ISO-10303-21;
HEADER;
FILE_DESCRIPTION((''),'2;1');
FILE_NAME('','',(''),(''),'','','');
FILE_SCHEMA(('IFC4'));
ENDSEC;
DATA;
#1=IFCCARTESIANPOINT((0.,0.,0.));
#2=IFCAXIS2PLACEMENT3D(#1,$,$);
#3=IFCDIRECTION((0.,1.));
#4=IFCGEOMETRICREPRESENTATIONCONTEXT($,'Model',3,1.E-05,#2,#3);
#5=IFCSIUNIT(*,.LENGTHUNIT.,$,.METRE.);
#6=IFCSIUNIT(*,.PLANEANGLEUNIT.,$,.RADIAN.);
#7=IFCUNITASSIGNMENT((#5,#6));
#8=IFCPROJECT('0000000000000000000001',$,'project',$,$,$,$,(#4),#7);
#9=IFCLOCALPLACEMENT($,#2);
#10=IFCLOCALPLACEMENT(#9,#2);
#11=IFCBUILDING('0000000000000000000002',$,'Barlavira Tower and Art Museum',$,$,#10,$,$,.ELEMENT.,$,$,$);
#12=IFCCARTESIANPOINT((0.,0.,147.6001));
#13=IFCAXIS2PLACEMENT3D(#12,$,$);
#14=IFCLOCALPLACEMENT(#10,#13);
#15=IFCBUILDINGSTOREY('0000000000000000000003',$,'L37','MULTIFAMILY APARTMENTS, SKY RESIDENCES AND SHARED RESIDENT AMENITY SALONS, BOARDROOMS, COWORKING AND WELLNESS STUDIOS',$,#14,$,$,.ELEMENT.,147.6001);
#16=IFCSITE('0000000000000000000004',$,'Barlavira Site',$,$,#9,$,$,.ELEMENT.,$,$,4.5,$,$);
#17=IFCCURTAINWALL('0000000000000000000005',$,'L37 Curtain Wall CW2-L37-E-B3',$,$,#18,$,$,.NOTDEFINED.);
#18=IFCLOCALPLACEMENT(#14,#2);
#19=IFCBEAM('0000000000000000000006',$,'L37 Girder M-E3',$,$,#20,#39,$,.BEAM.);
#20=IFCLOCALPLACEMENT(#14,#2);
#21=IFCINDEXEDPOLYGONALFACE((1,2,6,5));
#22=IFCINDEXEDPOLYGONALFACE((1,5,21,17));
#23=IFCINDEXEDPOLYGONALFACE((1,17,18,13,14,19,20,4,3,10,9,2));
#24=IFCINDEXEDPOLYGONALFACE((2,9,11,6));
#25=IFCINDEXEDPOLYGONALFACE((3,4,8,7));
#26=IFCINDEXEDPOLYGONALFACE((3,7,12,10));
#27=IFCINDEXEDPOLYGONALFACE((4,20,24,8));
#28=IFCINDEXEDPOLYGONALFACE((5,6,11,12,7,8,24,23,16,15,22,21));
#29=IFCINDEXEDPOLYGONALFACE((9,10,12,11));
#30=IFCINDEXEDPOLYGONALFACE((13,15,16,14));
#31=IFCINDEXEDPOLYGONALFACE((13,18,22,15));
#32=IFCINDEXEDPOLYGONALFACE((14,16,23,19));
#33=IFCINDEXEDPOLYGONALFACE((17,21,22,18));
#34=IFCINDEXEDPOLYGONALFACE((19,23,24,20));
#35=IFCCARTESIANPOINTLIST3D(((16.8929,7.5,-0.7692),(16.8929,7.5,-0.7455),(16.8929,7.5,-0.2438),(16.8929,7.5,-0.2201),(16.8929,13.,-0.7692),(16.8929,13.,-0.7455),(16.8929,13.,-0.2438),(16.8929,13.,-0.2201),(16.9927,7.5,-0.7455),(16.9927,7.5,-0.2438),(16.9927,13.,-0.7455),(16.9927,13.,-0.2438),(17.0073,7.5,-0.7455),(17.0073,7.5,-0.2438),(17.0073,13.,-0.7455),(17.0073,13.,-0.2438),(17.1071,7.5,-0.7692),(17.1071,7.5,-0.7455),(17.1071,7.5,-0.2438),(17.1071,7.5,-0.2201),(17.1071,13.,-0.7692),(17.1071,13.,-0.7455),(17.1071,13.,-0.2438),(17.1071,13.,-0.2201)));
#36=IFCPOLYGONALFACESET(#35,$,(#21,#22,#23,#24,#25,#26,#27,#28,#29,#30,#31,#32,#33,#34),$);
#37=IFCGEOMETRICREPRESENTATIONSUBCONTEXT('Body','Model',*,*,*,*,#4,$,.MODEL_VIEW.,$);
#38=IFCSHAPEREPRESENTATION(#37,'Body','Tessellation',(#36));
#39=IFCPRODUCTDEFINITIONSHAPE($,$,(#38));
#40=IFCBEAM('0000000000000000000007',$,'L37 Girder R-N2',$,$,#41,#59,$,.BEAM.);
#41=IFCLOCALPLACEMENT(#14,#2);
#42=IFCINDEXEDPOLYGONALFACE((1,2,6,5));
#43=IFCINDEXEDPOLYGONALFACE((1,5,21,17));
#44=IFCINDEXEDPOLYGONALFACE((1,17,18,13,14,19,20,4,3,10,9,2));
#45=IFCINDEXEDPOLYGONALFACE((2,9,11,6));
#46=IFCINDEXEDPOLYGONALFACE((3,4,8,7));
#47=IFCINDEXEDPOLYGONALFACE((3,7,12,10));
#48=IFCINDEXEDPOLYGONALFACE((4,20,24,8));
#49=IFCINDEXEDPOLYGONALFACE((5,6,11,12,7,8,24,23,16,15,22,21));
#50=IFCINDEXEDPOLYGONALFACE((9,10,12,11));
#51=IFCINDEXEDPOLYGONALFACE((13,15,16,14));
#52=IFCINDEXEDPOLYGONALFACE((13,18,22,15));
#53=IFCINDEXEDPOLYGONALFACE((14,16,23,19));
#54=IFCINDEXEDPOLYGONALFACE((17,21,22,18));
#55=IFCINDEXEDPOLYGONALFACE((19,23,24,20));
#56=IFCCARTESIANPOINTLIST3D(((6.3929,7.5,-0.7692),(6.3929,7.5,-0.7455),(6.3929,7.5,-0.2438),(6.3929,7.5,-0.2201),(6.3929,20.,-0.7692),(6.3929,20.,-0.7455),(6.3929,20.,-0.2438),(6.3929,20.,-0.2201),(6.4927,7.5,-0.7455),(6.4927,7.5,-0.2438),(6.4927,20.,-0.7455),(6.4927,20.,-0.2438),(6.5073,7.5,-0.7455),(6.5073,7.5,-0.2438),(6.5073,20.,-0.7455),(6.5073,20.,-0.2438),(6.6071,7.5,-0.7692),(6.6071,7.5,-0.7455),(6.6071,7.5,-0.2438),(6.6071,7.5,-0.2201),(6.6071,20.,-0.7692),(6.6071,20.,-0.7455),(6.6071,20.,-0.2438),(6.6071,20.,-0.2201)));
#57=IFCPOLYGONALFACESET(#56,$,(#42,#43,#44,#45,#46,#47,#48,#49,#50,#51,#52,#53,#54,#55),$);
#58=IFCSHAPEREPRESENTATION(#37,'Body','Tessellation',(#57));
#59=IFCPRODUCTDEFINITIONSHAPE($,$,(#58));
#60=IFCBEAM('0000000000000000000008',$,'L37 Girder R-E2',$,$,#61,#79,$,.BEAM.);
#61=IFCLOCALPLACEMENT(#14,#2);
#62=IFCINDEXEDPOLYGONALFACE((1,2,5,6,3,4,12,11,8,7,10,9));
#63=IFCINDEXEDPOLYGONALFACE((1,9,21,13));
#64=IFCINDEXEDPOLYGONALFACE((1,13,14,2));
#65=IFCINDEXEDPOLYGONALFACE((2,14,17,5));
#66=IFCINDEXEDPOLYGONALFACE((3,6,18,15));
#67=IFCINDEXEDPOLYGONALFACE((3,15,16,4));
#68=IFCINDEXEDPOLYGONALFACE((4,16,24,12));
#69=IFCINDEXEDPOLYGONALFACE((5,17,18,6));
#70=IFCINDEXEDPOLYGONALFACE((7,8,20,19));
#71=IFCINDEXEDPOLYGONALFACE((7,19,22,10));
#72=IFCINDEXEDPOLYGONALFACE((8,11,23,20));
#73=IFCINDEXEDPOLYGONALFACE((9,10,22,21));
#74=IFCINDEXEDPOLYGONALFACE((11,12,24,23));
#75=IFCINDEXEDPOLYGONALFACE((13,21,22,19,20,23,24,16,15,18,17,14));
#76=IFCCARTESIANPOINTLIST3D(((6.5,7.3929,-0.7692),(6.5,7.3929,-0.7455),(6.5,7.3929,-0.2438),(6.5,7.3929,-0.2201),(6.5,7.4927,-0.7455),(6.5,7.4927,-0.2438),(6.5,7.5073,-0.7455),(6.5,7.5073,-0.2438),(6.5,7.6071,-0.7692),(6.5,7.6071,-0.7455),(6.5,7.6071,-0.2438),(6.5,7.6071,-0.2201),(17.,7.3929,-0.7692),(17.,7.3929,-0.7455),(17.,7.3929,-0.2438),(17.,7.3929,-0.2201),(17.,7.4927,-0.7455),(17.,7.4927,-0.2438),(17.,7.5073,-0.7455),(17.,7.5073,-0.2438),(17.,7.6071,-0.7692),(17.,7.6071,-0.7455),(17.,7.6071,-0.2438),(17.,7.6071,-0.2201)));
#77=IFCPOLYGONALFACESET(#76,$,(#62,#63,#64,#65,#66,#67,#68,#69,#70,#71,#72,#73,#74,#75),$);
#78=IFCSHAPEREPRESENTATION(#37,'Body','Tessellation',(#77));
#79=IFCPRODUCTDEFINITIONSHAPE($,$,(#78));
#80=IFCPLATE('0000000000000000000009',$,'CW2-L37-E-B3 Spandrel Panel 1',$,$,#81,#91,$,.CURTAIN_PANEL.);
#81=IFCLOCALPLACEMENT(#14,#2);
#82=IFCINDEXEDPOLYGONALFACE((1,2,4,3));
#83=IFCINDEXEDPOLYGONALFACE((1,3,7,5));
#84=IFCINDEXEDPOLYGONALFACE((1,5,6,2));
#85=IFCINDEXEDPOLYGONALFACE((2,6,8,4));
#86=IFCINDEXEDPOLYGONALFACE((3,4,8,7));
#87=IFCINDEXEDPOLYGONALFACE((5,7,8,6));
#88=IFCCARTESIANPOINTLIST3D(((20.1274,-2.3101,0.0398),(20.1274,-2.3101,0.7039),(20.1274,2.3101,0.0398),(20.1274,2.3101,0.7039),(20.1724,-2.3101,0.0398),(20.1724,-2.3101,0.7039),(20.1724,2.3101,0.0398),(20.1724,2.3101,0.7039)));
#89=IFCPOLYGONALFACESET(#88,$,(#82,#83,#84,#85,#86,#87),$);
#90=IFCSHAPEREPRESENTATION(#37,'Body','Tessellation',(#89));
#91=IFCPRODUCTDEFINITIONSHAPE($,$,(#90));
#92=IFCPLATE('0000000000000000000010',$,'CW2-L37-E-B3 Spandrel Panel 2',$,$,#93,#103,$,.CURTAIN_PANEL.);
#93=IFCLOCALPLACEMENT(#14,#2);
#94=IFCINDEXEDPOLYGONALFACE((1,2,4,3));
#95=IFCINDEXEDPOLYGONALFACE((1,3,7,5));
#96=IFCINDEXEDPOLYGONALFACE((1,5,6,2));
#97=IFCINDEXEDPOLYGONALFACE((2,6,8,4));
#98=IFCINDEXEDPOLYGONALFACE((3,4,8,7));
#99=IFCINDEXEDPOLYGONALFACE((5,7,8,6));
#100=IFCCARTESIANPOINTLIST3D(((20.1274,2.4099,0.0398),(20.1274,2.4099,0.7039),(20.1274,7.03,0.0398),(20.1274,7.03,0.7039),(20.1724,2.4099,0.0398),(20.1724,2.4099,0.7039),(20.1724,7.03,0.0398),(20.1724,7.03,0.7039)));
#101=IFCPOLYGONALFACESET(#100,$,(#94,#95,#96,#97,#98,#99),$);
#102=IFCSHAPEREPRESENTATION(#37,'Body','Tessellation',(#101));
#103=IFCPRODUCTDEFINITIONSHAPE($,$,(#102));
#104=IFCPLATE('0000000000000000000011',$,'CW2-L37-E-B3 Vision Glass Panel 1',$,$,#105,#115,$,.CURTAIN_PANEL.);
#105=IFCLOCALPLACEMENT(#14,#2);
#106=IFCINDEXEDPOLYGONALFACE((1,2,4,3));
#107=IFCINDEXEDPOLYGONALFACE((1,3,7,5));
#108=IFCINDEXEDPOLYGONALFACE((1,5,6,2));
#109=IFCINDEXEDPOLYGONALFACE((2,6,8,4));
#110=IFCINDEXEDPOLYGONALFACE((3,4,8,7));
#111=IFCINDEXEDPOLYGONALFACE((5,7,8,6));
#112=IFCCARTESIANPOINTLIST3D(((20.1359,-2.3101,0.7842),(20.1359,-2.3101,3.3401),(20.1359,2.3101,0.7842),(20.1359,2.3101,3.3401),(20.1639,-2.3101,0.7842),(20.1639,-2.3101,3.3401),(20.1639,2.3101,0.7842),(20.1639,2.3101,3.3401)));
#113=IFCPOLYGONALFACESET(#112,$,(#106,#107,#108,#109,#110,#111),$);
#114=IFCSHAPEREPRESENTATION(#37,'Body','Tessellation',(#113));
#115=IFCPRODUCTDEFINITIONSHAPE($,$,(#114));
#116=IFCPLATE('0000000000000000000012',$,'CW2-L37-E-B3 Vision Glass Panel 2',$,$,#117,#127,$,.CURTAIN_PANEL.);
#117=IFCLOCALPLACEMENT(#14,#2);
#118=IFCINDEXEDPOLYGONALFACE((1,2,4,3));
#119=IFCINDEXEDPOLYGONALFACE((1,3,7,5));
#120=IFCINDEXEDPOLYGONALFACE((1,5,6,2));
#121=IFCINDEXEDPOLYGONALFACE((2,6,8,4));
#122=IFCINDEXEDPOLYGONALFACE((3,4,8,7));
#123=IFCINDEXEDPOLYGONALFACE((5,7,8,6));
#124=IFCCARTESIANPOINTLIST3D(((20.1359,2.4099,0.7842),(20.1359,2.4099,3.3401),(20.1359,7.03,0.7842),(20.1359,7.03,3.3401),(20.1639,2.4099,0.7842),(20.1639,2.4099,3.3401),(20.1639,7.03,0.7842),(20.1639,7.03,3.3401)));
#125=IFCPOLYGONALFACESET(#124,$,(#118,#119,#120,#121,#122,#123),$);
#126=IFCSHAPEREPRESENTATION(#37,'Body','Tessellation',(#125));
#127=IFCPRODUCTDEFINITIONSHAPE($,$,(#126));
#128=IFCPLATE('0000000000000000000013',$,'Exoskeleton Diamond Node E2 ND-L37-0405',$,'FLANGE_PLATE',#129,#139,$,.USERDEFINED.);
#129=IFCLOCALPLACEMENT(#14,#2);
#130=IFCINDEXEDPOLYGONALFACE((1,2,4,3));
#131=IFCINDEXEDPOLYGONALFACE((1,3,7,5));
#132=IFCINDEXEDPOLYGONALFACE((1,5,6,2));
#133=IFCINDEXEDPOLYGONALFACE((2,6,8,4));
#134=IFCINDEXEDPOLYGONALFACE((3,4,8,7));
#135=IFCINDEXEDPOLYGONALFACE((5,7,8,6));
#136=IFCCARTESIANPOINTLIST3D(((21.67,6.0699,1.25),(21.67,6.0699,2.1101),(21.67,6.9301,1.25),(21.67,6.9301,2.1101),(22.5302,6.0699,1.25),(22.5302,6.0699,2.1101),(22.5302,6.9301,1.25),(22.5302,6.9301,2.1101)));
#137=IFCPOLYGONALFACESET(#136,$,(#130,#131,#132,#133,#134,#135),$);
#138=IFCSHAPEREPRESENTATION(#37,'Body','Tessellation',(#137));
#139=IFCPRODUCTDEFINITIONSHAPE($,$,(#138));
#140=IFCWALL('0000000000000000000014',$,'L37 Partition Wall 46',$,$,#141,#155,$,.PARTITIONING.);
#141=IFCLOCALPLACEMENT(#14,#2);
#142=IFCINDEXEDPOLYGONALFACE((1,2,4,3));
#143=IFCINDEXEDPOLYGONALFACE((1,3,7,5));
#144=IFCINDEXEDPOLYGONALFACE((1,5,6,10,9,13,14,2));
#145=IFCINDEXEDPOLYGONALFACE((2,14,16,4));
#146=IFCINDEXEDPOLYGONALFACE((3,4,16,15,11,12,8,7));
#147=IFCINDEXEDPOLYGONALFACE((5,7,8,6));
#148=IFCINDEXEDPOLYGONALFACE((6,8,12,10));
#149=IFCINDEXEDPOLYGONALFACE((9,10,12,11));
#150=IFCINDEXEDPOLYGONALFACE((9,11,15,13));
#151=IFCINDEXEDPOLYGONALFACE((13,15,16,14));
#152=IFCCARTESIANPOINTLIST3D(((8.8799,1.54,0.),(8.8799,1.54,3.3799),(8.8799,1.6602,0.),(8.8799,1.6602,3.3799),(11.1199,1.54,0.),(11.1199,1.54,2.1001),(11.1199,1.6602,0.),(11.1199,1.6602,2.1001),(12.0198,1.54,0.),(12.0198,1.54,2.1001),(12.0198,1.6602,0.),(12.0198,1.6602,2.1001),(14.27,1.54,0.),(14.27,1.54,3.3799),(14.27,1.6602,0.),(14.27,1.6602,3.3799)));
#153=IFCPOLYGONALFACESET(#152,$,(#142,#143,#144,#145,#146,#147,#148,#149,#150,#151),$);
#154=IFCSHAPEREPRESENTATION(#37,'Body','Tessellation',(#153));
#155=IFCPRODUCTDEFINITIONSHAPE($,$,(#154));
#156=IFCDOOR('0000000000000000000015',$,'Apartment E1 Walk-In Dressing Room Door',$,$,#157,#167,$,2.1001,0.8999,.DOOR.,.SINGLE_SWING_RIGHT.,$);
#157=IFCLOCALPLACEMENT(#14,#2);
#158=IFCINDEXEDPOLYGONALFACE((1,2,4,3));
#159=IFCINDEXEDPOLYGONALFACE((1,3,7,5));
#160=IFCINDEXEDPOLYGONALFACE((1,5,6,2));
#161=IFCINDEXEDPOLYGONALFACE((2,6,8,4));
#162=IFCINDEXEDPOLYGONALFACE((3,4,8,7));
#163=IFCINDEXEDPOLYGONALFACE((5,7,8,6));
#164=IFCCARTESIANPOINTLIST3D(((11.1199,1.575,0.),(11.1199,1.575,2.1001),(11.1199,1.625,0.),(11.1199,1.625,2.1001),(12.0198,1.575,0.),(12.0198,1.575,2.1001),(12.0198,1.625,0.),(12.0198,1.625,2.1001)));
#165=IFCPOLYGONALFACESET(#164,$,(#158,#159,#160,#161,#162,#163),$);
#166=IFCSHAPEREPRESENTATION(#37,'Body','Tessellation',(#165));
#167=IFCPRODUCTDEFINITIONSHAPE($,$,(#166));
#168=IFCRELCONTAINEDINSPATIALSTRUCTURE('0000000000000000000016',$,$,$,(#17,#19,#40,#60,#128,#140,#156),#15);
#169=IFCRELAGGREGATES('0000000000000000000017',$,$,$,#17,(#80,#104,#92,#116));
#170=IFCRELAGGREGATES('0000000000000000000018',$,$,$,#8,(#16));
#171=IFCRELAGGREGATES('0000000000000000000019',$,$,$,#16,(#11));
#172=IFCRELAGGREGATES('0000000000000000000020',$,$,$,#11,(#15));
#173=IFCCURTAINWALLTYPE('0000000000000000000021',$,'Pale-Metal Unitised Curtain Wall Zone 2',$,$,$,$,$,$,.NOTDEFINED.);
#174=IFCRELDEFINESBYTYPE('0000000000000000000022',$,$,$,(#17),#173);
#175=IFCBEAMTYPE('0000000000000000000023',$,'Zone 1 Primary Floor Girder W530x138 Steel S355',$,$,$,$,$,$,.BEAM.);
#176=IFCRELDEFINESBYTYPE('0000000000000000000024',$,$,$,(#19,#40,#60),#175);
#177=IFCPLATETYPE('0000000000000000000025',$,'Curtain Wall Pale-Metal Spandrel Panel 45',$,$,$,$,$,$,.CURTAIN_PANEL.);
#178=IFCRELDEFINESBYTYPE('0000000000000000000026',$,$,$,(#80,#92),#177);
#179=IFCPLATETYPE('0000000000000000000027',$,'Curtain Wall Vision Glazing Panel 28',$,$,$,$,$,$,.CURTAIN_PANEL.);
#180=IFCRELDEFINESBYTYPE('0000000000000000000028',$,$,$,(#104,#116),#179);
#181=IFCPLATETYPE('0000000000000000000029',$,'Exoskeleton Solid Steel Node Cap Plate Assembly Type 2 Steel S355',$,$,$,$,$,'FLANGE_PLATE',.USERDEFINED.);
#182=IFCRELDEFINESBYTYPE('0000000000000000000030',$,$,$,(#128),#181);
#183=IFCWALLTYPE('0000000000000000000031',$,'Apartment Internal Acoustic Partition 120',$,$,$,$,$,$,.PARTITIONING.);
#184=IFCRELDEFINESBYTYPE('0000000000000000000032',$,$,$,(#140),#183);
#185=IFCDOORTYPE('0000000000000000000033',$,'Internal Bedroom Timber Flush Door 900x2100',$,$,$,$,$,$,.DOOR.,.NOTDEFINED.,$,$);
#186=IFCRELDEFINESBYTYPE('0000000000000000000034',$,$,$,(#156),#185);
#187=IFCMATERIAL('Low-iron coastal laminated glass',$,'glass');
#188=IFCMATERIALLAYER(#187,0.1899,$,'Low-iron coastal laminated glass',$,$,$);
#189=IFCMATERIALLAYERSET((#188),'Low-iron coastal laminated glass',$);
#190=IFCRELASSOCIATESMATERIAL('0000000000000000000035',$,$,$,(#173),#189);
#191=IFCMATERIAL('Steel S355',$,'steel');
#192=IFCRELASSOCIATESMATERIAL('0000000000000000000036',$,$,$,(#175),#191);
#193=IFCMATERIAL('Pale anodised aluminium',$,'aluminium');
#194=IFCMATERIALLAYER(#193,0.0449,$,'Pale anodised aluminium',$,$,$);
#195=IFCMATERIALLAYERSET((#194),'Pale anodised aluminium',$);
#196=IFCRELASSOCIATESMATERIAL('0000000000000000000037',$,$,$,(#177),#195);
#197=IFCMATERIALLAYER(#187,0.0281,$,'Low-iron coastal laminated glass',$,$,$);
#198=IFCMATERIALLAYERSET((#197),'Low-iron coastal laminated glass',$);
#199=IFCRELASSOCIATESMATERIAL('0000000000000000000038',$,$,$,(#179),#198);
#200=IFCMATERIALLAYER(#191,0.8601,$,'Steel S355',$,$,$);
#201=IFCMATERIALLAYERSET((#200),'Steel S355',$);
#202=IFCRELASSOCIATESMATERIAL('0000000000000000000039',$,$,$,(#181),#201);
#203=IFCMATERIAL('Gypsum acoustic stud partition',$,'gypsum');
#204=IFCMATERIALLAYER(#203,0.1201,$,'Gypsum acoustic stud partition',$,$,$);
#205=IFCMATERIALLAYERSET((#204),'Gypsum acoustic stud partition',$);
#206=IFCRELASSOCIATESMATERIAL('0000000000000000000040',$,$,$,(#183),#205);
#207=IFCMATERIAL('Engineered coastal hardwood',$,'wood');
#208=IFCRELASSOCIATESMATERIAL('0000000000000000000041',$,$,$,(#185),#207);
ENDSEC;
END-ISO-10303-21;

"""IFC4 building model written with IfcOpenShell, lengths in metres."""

from ifc_helpers import new_model, si_unit, direction, frame, frame_2d, origin, origin_2d, place, context, subcontext, project, spatial, rectangle, i_section, extrude, material, layer, layer_set, material_profile, profile_set, type_object, element, fill, aggregate, save


model = new_model("IFC4")

# Units and contexts
model_context = context("Model", 3, precision=1e-05, world=origin(), true_north=direction((0.0, 1.0)))
body_context = subcontext(model_context, "Body", "Model", "MODEL_VIEW")
ifc_project = project(units=[si_unit("LENGTHUNIT", "METRE"), si_unit("PLANEANGLEUNIT", "RADIAN")], contexts=[model_context])

# Site, building, storey
site_placement = place(None, origin())
site = spatial("IfcSite", under=ifc_project, at=site_placement, Name="Barlavira Site", CompositionType="ELEMENT", RefElevation=4.5)
building_placement = place(site_placement, origin())
building = spatial("IfcBuilding", under=site, at=building_placement, Name="Barlavira Tower and Art Museum", CompositionType="ELEMENT")
storey_placement = place(building_placement, frame((0.0, 0.0, 147.6001)))
storey = spatial("IfcBuildingStorey", under=building, at=storey_placement, Name="L37", Description="MULTIFAMILY APARTMENTS, SKY RESIDENCES AND SHARED RESIDENT AMENITY SALONS, BOARDROOMS, COWORKING AND WELLNESS STUDIOS", CompositionType="ELEMENT", Elevation=147.6001)

# Shared definitions
ifc_material_1 = material(Name="Steel S355", Category="steel")

# Curtain wall
ifc_material_2 = material(Name="Low-iron coastal laminated glass", Category="glass")
ifc_layer_1 = layer(ifc_material_2, 0.1899, Name="Low-iron coastal laminated glass")
ifc_layer_set_1 = layer_set([ifc_layer_1], Name="Low-iron coastal laminated glass")
curtain_wall_type = type_object("IfcCurtainWallType", Name="Pale-Metal Unitised Curtain Wall Zone 2", PredefinedType="NOTDEFINED", material=ifc_layer_set_1)
curtain_wall_placement = place(storey_placement, origin())
curtain_wall = element("IfcCurtainWall", 1, at=curtain_wall_placement, inside=storey, type_object=curtain_wall_type, Name="L37 Curtain Wall CW2-L37-E-B3", PredefinedType="NOTDEFINED")
ifc_material_3 = material(Name="Pale anodised aluminium", Category="aluminium")

# Beams
ifc_material_profile_1 = material_profile(ifc_material_1, i_section(OverallWidth=0.2141, OverallDepth=0.5491, WebThickness=0.0146, FlangeThickness=0.0237, at=origin_2d()), Name="W530x138.0")
ifc_profile_set_1 = profile_set([ifc_material_profile_1], Name="Steel S355")
beam_type_1 = type_object("IfcBeamType", Name="Zone 1 Primary Floor Girder W530x138 Steel S355", PredefinedType="BEAM", material=ifc_profile_set_1)
beam_1_placement = place(storey_placement, frame((17.0, 7.5, -0.4946), z_axis=(0.0, 1.0, 0.0), x_axis=(-1.0, 0.0, 0.0)))
element("IfcBeam", 2, at=beam_1_placement, inside=storey, type_object=beam_type_1, Name="L37 Girder M-E3", PredefinedType="BEAM", context=body_context, shape_type="SweptSolid", body=[
    extrude(i_section(OverallWidth=0.2141, OverallDepth=0.5491, WebThickness=0.0146, FlangeThickness=0.0237, at=origin_2d()), origin(), (0.0, 0.0, 1.0), 5.5),
])
beam_2_placement = place(storey_placement, frame((6.5, 7.5, -0.4946), z_axis=(0.0, 1.0, 0.0), x_axis=(-1.0, 0.0, 0.0)))
element("IfcBeam", 3, at=beam_2_placement, inside=storey, type_object=beam_type_1, Name="L37 Girder R-N2", PredefinedType="BEAM", context=body_context, shape_type="SweptSolid", body=[
    extrude(i_section(OverallWidth=0.2141, OverallDepth=0.5491, WebThickness=0.0146, FlangeThickness=0.0237, at=origin_2d()), origin(), (0.0, 0.0, 1.0), 12.5),
])
beam_3_placement = place(storey_placement, frame((6.5, 7.5, -0.4946), z_axis=(1.0, 0.0, 0.0), x_axis=(0.0, 1.0, 0.0)))
element("IfcBeam", 4, at=beam_3_placement, inside=storey, type_object=beam_type_1, Name="L37 Girder R-E2", PredefinedType="BEAM", context=body_context, shape_type="SweptSolid", body=[
    extrude(i_section(OverallWidth=0.2141, OverallDepth=0.5491, WebThickness=0.0146, FlangeThickness=0.0237, at=origin_2d()), origin(), (0.0, 0.0, 1.0), 10.5),
])

# Plates
ifc_layer_2 = layer(ifc_material_3, 0.0449, Name="Pale anodised aluminium")
ifc_layer_set_2 = layer_set([ifc_layer_2], Name="Pale anodised aluminium")
plate_type_1 = type_object("IfcPlateType", Name="Curtain Wall Pale-Metal Spandrel Panel 45", PredefinedType="CURTAIN_PANEL", material=ifc_layer_set_2)
plate_1_placement = place(storey_placement, frame((20.1499, 0.0, 0.0398), z_axis=(0.0, 0.0, 1.0), x_axis=(0.0, 1.0, 0.0)))
plate_1 = element("IfcPlate", 5, at=plate_1_placement, type_object=plate_type_1, Name="CW2-L37-E-B3 Spandrel Panel 1", PredefinedType="CURTAIN_PANEL", context=body_context, shape_type="SweptSolid", body=[
    extrude(rectangle(XDim=4.6201, YDim=0.0449, at=origin_2d()), origin(), (0.0, 0.0, 1.0), 0.6641),
])
plate_2_placement = place(storey_placement, frame((20.1499, 4.72, 0.0398), z_axis=(0.0, 0.0, 1.0), x_axis=(0.0, 1.0, 0.0)))
plate_2 = element("IfcPlate", 6, at=plate_2_placement, type_object=plate_type_1, Name="CW2-L37-E-B3 Spandrel Panel 2", PredefinedType="CURTAIN_PANEL", context=body_context, shape_type="SweptSolid", body=[
    extrude(rectangle(XDim=4.6201, YDim=0.0449, at=origin_2d()), origin(), (0.0, 0.0, 1.0), 0.6641),
])
ifc_layer_3 = layer(ifc_material_2, 0.0281, Name="Low-iron coastal laminated glass")
ifc_layer_set_3 = layer_set([ifc_layer_3], Name="Low-iron coastal laminated glass")
plate_type_2 = type_object("IfcPlateType", Name="Curtain Wall Vision Glazing Panel 28", PredefinedType="CURTAIN_PANEL", material=ifc_layer_set_3)
plate_3_placement = place(storey_placement, frame((20.1499, 0.0, 0.7842), z_axis=(0.0, 0.0, 1.0), x_axis=(0.0, 1.0, 0.0)))
plate_3 = element("IfcPlate", 7, at=plate_3_placement, type_object=plate_type_2, Name="CW2-L37-E-B3 Vision Glass Panel 1", PredefinedType="CURTAIN_PANEL", context=body_context, shape_type="SweptSolid", body=[
    extrude(rectangle(XDim=4.6201, YDim=0.0281, at=origin_2d()), origin(), (0.0, 0.0, 1.0), 2.5559),
])
plate_4_placement = place(storey_placement, frame((20.1499, 4.72, 0.7842), z_axis=(0.0, 0.0, 1.0), x_axis=(0.0, 1.0, 0.0)))
plate_4 = element("IfcPlate", 8, at=plate_4_placement, type_object=plate_type_2, Name="CW2-L37-E-B3 Vision Glass Panel 2", PredefinedType="CURTAIN_PANEL", context=body_context, shape_type="SweptSolid", body=[
    extrude(rectangle(XDim=4.6201, YDim=0.0281, at=origin_2d()), origin(), (0.0, 0.0, 1.0), 2.5559),
])
aggregate(curtain_wall, [plate_1, plate_3, plate_2, plate_4])
ifc_layer_4 = layer(ifc_material_1, 0.8601, Name="Steel S355")
ifc_layer_set_4 = layer_set([ifc_layer_4], Name="Steel S355")
plate_type_3 = type_object("IfcPlateType", Name="Exoskeleton Solid Steel Node Cap Plate Assembly Type 2 Steel S355", ElementType="FLANGE_PLATE", PredefinedType="USERDEFINED", material=ifc_layer_set_4)
plate_5_placement = place(storey_placement, frame((22.1001, 6.5, 1.25), z_axis=(0.0, 0.0, 1.0), x_axis=(1.0, 0.0, 0.0)))
element("IfcPlate", 9, at=plate_5_placement, inside=storey, type_object=plate_type_3, Name="Exoskeleton Diamond Node E2 ND-L37-0405", ObjectType="FLANGE_PLATE", PredefinedType="USERDEFINED", context=body_context, shape_type="SweptSolid", body=[
    extrude(rectangle(XDim=0.8601, YDim=0.8601, at=origin_2d()), origin(), (0.0, 0.0, 1.0), 0.8601),
])

# Wall, opening, door
ifc_material_4 = material(Name="Gypsum acoustic stud partition", Category="gypsum")
ifc_layer_5 = layer(ifc_material_4, 0.1201, Name="Gypsum acoustic stud partition")
ifc_layer_set_5 = layer_set([ifc_layer_5], Name="Gypsum acoustic stud partition")
wall_type_1 = type_object("IfcWallType", Name="Apartment Internal Acoustic Partition 120", PredefinedType="PARTITIONING", material=ifc_layer_set_5)
wall_1_placement = place(storey_placement, frame((8.8799, 1.6001, 0.0), z_axis=(0.0, 0.0, 1.0), x_axis=(1.0, 0.0, 0.0)))
wall_1 = element("IfcWall", 10, at=wall_1_placement, inside=storey, type_object=wall_type_1, Name="L37 Partition Wall 46", PredefinedType="PARTITIONING", context=body_context, shape_type="SweptSolid", body=[
    extrude(rectangle(XDim=5.3901, YDim=0.1201, at=frame_2d((2.6951, 0.0))), origin(), (0.0, 0.0, 1.0), 3.3799),
])
opening_1_placement = place(wall_1_placement, frame((2.24, 0.0, 0.0)))
opening_1 = element("IfcOpeningElement", 11, at=opening_1_placement, cuts=wall_1, PredefinedType="OPENING", context=body_context, shape_type="SweptSolid", body=[
    extrude(rectangle(XDim=0.8999, YDim=2.1001, at=frame_2d((0.45, 1.05))), frame((0.0, 0.0701, 0.0), z_axis=(0.0, -1.0, 0.0), x_axis=(1.0, 0.0, 0.0)), (0.0, 0.0, 1.0), 0.1401),
])
ifc_material_5 = material(Name="Engineered coastal hardwood", Category="wood")
door_type = type_object("IfcDoorType", Name="Internal Bedroom Timber Flush Door 900x2100", OperationType="NOTDEFINED", PredefinedType="DOOR", material=ifc_material_5)
door_1_placement = place(opening_1_placement, origin())
door_1 = element("IfcDoor", 12, at=door_1_placement, inside=storey, type_object=door_type, Name="Apartment E1 Walk-In Dressing Room Door", OperationType="SINGLE_SWING_RIGHT", OverallHeight=2.1001, OverallWidth=0.8999, PredefinedType="DOOR", context=body_context, shape_type="SweptSolid", body=[
    extrude(rectangle(XDim=0.8999, YDim=2.1001, at=frame_2d((0.45, 1.05))), frame((0.0, 0.0249, 0.0), z_axis=(0.0, -1.0, 0.0), x_axis=(1.0, 0.0, 0.0)), (0.0, 0.0, 1.0), 0.05),
])
fill(opening_1, door_1)

save(model, "model.ifc")
